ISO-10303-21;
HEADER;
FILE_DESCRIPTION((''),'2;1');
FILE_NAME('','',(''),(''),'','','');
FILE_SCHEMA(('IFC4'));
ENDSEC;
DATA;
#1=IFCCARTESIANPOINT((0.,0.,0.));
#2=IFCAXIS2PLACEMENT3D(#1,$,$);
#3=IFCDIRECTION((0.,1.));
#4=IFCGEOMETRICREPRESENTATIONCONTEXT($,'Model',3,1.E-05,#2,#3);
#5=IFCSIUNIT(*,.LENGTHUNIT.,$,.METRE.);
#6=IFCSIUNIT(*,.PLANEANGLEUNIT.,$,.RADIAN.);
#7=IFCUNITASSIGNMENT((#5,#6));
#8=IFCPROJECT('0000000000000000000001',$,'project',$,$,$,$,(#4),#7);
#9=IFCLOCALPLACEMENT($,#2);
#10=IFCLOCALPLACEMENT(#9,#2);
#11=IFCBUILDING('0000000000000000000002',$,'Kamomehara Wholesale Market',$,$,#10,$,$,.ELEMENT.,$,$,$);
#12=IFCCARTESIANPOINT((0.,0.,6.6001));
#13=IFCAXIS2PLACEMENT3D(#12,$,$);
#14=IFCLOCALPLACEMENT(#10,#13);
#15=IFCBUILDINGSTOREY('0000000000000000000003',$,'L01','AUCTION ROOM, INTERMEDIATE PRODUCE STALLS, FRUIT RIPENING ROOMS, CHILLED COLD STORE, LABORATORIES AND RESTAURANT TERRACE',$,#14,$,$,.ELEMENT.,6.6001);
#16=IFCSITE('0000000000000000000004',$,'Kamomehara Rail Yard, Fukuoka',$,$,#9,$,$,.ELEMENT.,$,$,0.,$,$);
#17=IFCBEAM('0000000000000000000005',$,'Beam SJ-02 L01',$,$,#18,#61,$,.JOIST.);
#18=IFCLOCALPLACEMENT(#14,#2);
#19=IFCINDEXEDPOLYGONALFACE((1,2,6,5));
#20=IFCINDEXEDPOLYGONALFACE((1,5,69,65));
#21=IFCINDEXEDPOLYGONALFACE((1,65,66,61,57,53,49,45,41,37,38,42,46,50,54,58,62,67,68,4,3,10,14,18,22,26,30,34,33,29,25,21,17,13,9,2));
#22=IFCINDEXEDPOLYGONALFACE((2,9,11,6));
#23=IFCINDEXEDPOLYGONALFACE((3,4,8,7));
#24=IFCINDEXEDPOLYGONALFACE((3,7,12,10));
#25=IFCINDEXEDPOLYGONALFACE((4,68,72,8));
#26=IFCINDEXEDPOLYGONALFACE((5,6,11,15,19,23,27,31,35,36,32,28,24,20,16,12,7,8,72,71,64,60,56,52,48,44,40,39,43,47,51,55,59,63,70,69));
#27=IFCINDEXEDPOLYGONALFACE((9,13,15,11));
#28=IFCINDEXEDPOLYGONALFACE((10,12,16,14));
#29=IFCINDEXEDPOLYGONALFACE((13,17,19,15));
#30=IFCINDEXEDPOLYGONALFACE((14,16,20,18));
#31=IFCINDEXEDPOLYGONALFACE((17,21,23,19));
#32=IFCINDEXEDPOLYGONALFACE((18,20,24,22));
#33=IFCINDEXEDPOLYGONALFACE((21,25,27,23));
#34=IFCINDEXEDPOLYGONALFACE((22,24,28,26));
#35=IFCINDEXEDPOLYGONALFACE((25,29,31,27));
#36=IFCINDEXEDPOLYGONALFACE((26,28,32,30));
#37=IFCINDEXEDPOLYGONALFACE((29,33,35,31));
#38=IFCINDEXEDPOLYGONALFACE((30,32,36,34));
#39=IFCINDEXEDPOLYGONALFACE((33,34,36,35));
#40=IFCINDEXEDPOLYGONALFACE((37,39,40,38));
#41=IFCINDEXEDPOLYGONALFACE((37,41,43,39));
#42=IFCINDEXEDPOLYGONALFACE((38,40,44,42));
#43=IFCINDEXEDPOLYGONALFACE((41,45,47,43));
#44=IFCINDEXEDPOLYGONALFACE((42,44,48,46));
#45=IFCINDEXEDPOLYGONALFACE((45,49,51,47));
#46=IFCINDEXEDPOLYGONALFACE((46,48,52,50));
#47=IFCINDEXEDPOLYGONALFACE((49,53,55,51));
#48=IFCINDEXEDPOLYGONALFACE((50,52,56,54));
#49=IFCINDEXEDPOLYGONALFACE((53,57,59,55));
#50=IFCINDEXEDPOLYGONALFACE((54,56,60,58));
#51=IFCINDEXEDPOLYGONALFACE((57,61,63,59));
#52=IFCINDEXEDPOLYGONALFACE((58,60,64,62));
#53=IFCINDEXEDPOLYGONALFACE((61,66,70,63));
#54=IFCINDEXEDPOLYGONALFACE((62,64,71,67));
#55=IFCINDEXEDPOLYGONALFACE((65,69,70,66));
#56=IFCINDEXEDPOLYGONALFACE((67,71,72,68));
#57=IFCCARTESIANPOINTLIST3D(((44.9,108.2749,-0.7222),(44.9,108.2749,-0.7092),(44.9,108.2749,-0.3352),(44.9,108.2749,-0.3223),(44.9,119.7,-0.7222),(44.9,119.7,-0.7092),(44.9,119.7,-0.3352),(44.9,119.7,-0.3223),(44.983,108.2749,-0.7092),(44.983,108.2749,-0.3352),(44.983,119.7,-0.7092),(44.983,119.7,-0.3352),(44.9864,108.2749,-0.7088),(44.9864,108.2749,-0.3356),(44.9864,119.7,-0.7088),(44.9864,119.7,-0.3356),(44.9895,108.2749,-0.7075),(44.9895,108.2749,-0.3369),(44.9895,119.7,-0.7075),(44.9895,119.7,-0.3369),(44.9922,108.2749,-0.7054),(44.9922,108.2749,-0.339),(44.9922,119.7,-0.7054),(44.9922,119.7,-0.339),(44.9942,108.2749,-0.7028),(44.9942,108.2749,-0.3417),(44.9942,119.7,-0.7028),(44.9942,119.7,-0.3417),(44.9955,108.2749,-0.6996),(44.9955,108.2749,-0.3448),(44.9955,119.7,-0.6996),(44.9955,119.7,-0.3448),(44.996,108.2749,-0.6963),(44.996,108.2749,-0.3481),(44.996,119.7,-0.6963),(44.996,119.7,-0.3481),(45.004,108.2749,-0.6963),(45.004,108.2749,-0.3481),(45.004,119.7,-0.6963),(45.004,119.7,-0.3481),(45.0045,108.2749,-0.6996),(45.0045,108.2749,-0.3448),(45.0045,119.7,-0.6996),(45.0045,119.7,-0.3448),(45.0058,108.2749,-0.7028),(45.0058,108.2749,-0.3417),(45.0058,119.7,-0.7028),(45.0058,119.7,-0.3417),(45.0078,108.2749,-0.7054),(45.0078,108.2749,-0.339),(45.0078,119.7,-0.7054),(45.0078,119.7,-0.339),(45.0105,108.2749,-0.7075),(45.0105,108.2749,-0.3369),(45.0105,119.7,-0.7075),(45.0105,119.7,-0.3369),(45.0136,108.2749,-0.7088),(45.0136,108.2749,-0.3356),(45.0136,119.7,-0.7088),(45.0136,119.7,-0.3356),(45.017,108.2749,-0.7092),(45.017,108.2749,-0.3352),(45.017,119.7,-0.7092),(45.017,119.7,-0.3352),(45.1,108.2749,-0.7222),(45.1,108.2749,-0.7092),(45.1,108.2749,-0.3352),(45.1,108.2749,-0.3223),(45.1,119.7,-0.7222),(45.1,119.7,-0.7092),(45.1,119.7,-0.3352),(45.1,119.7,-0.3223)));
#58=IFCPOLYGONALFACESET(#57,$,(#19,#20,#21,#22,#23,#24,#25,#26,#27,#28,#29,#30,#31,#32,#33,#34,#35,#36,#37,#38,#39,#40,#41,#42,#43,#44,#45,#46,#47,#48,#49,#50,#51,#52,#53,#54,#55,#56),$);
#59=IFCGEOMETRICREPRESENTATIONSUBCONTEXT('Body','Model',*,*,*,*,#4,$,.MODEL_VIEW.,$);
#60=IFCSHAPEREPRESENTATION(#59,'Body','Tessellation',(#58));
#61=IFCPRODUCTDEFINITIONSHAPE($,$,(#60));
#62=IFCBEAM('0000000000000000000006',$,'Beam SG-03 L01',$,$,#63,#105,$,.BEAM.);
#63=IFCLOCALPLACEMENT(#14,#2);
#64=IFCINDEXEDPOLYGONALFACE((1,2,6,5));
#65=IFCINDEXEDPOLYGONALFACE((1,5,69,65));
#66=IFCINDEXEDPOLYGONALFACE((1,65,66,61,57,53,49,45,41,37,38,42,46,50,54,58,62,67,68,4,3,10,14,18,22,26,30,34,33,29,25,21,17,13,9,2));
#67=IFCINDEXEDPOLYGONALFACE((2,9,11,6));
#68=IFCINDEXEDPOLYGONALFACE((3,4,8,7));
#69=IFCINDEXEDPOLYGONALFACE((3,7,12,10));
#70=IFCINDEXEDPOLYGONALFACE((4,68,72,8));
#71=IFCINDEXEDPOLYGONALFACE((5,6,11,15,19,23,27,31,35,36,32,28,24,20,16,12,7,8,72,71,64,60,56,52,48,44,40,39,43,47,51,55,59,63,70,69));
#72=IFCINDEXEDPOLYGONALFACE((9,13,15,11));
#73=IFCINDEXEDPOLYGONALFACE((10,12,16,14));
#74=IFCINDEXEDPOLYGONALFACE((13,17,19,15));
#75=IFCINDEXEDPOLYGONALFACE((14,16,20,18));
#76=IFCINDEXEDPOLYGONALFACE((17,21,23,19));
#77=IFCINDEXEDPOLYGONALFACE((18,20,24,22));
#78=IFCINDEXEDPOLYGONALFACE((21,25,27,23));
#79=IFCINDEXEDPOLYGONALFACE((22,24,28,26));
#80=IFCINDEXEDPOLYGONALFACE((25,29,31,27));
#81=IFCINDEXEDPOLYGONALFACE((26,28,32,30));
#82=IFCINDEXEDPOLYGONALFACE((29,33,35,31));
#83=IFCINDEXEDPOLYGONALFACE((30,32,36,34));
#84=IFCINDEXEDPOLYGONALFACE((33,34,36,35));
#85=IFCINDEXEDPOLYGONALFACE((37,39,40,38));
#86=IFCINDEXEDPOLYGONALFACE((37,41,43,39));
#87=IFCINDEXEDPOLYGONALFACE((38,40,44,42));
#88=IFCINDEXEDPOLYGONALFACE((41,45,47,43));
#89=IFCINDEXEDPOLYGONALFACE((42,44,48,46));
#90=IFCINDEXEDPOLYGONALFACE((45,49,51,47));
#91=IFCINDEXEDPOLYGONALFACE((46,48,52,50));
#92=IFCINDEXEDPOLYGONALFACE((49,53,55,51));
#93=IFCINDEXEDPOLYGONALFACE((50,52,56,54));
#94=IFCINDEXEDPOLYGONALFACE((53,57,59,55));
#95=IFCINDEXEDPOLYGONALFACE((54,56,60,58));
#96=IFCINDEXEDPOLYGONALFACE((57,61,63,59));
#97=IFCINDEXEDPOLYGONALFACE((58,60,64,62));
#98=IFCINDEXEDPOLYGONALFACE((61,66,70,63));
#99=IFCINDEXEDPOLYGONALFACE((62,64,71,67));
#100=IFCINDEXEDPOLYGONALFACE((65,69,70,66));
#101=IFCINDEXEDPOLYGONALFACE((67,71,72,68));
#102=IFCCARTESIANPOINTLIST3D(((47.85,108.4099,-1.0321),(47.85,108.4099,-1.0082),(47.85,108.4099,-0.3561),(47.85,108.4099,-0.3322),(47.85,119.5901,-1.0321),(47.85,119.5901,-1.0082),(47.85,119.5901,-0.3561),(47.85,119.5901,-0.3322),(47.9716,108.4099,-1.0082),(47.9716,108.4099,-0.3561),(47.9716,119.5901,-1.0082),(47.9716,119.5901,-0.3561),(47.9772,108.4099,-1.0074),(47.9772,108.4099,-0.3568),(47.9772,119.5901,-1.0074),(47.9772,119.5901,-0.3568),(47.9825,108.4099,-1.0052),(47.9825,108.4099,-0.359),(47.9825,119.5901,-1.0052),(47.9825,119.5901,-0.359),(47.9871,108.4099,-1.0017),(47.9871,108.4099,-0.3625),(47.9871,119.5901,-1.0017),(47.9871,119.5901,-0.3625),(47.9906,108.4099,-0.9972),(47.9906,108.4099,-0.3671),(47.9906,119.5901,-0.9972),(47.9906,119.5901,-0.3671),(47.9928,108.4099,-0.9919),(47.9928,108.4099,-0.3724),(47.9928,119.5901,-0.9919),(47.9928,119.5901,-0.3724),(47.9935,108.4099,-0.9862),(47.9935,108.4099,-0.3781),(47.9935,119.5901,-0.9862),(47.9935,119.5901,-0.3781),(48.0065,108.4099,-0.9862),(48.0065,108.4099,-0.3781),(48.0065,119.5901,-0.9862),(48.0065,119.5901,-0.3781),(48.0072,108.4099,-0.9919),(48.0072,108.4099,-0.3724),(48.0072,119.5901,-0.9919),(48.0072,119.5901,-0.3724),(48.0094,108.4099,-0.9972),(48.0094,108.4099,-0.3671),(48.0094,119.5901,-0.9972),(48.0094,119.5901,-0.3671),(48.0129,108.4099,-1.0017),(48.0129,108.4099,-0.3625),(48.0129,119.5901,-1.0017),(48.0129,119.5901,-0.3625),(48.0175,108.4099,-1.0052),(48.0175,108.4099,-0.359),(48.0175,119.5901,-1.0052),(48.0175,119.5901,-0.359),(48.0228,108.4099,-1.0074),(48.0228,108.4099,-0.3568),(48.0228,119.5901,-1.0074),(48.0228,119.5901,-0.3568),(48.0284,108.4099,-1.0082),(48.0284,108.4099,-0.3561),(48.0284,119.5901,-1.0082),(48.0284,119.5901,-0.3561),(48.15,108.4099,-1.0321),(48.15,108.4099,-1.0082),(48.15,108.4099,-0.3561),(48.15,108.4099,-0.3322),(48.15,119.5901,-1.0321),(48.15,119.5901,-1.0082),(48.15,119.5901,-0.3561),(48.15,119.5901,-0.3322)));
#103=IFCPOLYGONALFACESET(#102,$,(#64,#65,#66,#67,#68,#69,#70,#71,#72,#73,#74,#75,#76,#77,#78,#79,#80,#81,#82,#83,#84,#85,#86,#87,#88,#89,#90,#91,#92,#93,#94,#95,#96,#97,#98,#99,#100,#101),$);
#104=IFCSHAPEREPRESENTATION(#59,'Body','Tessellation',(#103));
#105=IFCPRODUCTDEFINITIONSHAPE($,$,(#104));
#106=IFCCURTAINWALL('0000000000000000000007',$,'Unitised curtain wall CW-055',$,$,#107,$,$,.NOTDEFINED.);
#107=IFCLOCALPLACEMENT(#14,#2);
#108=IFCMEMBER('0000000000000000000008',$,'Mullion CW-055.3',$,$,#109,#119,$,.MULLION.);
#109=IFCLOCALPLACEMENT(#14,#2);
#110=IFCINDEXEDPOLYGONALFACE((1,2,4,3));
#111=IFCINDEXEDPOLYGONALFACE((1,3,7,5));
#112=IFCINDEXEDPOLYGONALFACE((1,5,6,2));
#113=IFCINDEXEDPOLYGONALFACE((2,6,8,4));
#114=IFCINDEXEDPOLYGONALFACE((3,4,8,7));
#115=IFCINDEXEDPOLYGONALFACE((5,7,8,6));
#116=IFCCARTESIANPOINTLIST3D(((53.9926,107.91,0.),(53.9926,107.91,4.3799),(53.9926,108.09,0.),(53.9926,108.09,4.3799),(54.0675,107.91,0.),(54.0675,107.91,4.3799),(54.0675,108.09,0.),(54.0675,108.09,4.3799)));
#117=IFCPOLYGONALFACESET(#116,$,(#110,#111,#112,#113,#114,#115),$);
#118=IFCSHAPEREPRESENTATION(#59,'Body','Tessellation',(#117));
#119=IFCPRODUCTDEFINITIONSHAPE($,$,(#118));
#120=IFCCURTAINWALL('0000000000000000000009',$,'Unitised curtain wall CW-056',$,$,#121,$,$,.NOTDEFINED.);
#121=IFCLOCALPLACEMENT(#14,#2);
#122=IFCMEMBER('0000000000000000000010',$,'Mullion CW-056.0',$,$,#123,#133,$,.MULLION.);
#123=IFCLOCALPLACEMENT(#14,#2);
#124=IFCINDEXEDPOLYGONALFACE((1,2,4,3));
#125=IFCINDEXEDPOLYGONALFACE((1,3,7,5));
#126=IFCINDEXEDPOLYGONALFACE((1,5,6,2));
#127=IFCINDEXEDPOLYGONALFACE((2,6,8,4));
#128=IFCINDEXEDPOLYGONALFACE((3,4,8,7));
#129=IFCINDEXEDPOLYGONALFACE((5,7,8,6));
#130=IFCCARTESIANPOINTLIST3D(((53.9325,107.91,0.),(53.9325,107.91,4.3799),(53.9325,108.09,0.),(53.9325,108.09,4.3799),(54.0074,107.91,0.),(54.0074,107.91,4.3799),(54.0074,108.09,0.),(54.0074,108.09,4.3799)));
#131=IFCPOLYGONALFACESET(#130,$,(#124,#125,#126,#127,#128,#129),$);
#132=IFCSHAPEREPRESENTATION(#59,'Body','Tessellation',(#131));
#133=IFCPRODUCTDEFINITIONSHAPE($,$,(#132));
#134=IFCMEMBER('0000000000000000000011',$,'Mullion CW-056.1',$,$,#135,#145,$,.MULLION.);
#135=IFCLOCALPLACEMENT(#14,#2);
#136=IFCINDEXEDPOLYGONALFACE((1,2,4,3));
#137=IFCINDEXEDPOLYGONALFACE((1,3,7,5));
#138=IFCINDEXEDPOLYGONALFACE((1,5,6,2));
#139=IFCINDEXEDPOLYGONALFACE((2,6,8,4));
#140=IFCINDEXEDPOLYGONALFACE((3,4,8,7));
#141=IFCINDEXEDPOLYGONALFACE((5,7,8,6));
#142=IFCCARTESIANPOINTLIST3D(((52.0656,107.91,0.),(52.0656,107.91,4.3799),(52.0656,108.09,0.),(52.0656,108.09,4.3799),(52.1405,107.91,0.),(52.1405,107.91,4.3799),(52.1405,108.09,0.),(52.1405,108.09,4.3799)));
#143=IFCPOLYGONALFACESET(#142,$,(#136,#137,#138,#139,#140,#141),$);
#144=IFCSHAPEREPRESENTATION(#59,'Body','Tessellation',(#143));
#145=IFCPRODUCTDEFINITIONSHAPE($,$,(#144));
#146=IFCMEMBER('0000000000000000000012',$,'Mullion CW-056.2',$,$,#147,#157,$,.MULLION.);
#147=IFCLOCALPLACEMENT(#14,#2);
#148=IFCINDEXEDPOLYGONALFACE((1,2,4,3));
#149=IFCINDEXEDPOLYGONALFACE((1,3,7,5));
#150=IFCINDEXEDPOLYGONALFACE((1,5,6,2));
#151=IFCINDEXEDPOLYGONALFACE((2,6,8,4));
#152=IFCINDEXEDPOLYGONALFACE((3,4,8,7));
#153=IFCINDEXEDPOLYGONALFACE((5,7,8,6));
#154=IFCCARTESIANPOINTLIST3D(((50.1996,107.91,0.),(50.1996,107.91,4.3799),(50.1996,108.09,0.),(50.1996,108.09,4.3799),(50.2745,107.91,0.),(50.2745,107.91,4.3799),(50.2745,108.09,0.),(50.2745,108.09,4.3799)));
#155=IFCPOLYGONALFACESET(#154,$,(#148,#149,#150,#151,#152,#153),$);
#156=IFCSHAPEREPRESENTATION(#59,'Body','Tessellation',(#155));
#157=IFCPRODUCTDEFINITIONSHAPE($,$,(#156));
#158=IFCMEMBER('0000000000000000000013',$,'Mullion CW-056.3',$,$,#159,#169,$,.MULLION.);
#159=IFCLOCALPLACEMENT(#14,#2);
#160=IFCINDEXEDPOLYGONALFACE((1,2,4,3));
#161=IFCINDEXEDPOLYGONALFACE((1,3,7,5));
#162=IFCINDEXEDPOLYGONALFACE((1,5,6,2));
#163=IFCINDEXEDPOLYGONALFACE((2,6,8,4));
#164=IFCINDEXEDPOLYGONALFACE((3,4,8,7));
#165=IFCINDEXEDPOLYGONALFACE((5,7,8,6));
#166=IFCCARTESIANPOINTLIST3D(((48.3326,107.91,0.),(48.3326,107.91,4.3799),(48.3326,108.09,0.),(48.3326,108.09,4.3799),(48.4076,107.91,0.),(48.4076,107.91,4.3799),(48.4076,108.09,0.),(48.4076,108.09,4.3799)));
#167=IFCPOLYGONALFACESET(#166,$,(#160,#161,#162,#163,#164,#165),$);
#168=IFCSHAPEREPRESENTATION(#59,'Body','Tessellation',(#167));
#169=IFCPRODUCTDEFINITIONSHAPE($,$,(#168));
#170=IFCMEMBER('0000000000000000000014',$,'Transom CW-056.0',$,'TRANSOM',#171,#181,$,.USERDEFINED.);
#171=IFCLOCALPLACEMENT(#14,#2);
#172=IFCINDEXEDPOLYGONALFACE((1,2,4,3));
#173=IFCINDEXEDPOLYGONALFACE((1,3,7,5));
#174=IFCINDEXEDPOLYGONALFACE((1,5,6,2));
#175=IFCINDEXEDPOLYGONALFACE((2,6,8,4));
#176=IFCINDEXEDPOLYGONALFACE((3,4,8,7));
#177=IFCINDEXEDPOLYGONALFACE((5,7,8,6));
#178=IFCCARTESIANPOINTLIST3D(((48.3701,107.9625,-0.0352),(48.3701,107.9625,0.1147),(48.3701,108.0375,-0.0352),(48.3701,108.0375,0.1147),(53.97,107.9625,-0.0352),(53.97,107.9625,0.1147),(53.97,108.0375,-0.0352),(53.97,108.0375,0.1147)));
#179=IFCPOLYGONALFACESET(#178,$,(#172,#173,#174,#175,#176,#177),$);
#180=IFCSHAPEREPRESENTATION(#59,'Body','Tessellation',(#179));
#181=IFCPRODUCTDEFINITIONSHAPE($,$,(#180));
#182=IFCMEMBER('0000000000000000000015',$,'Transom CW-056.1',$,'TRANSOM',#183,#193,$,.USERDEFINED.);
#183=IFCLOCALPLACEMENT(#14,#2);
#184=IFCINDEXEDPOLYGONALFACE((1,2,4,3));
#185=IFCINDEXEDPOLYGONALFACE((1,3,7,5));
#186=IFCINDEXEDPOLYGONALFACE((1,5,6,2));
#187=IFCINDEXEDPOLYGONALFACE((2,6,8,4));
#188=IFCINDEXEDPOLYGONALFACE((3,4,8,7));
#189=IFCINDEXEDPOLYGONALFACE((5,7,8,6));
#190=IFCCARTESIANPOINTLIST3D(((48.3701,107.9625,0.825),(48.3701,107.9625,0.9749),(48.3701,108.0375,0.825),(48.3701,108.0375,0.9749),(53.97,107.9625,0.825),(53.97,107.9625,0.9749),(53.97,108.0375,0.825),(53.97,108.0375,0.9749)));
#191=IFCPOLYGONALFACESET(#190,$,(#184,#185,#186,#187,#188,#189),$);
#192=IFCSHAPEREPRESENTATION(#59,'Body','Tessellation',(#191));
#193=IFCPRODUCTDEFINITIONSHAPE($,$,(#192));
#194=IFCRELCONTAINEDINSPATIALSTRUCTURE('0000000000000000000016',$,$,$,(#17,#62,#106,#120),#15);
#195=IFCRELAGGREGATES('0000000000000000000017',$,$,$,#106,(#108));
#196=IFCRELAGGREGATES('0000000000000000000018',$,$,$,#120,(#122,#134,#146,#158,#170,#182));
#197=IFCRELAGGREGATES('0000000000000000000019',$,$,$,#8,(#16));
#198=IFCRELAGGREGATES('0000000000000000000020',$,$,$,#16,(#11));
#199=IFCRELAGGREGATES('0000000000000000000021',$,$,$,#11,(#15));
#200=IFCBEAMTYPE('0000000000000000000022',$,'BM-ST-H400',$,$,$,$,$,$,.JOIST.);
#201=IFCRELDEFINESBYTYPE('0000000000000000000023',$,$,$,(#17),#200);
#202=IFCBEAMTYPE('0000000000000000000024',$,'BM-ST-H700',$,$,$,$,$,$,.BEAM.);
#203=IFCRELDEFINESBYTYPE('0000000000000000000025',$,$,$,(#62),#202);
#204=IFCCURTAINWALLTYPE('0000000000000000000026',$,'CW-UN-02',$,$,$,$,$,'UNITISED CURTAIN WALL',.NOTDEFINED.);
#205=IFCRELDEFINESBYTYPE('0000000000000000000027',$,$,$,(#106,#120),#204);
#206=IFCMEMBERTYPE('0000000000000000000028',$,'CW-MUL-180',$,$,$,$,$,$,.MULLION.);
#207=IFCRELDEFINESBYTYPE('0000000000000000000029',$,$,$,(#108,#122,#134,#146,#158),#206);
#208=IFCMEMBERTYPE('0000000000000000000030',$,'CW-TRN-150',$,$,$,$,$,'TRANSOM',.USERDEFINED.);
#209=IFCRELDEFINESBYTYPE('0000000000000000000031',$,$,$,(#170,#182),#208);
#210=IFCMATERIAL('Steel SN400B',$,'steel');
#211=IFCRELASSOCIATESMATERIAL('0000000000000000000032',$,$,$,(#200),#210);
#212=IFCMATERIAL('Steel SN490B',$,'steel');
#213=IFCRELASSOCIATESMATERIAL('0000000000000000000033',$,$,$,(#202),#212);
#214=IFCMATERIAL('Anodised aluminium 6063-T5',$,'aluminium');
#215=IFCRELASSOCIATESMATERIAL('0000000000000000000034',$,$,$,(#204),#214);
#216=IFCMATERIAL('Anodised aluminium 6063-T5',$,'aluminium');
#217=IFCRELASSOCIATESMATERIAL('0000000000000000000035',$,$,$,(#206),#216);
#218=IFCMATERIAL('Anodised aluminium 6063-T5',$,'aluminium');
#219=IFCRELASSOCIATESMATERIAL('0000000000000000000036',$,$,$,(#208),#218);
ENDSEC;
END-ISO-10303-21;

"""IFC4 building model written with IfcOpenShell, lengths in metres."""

from ifc_helpers import new_model, si_unit, direction, frame, origin, origin_2d, place, context, subcontext, project, spatial, rectangle, i_section, extrude, material, material_profile, profile_set, type_object, element, aggregate, save


model = new_model("IFC4")

# Units and contexts
model_context = context("Model", 3, precision=1e-05, world=origin(), true_north=direction((0.0, 1.0)))
body_context = subcontext(model_context, "Body", "Model", "MODEL_VIEW")
ifc_project = project(units=[si_unit("LENGTHUNIT", "METRE"), si_unit("PLANEANGLEUNIT", "RADIAN")], contexts=[model_context])

# Site, building, storey
site_placement = place(None, origin())
site = spatial("IfcSite", under=ifc_project, at=site_placement, Name="Kamomehara Rail Yard, Fukuoka", CompositionType="ELEMENT", RefElevation=0.0)
building_placement = place(site_placement, origin())
building = spatial("IfcBuilding", under=site, at=building_placement, Name="Kamomehara Wholesale Market", CompositionType="ELEMENT")
storey_placement = place(building_placement, frame((0.0, 0.0, 6.6001)))
storey = spatial("IfcBuildingStorey", under=building, at=storey_placement, Name="L01", Description="AUCTION ROOM, INTERMEDIATE PRODUCE STALLS, FRUIT RIPENING ROOMS, CHILLED COLD STORE, LABORATORIES AND RESTAURANT TERRACE", CompositionType="ELEMENT", Elevation=6.6001)

# Beams
ifc_material_1 = material(Name="Steel SN400B", Category="steel")
ifc_material_profile_1 = material_profile(ifc_material_1, i_section(OverallWidth=0.2, OverallDepth=0.3999, WebThickness=0.0081, FlangeThickness=0.0129, FilletRadius=0.0129, at=origin_2d()), Name="H-400x200x8x13")
ifc_profile_set_1 = profile_set([ifc_material_profile_1], Name="Steel SN400B")
beam_type_1 = type_object("IfcBeamType", Name="BM-ST-H400", PredefinedType="JOIST", material=ifc_profile_set_1)
beam_1_placement = place(storey_placement, frame((45.0, 108.2749, -0.5222), z_axis=(0.0, 1.0, 0.0), x_axis=(-1.0, 0.0, 0.0)))
element("IfcBeam", 1, at=beam_1_placement, inside=storey, type_object=beam_type_1, Name="Beam SJ-02 L01", PredefinedType="JOIST", context=body_context, shape_type="SweptSolid", body=[
    extrude(i_section(OverallWidth=0.2, OverallDepth=0.3999, WebThickness=0.0081, FlangeThickness=0.0129, FilletRadius=0.0129, at=origin_2d()), origin(), (0.0, 0.0, 1.0), 11.425),
])
ifc_material_2 = material(Name="Steel SN490B", Category="steel")
ifc_material_profile_2 = material_profile(ifc_material_2, i_section(OverallWidth=0.3, OverallDepth=0.7, WebThickness=0.0129, FlangeThickness=0.0239, FilletRadius=0.022, at=origin_2d()), Name="H-700x300x13x24")
ifc_profile_set_2 = profile_set([ifc_material_profile_2], Name="Steel SN490B")
beam_type_2 = type_object("IfcBeamType", Name="BM-ST-H700", PredefinedType="BEAM", material=ifc_profile_set_2)
beam_2_placement = place(storey_placement, frame((48.0, 108.4099, -0.6821), z_axis=(0.0, 1.0, 0.0), x_axis=(-1.0, 0.0, 0.0)))
element("IfcBeam", 2, at=beam_2_placement, inside=storey, type_object=beam_type_2, Name="Beam SG-03 L01", PredefinedType="BEAM", context=body_context, shape_type="SweptSolid", body=[
    extrude(i_section(OverallWidth=0.3, OverallDepth=0.7, WebThickness=0.0129, FlangeThickness=0.0239, FilletRadius=0.022, at=origin_2d()), origin(), (0.0, 0.0, 1.0), 11.1802),
])

# Curtain wall, member
ifc_material_3 = material(Name="Anodised aluminium 6063-T5", Category="aluminium")
curtain_wall_type = type_object("IfcCurtainWallType", Name="CW-UN-02", ElementType="UNITISED CURTAIN WALL", PredefinedType="NOTDEFINED", material=ifc_material_3)
curtain_wall_1_placement = place(storey_placement, origin())
curtain_wall_1 = element("IfcCurtainWall", 3, at=curtain_wall_1_placement, inside=storey, type_object=curtain_wall_type, Name="Unitised curtain wall CW-055", PredefinedType="NOTDEFINED")
ifc_material_4 = material(Name="Anodised aluminium 6063-T5", Category="aluminium")
ifc_material_profile_3 = material_profile(ifc_material_4, rectangle(XDim=0.075, YDim=0.1799, at=origin_2d()), Name="ALU-MUL-75x180")
ifc_profile_set_3 = profile_set([ifc_material_profile_3], Name="Anodised aluminium 6063-T5")
member_type_1 = type_object("IfcMemberType", Name="CW-MUL-180", PredefinedType="MULLION", material=ifc_profile_set_3)
member_1_placement = place(storey_placement, frame((54.03, 108.0, 0.0), z_axis=(0.0, 0.0, 1.0), x_axis=(-1.0, 0.0, 0.0)))
member_1 = element("IfcMember", 4, at=member_1_placement, type_object=member_type_1, Name="Mullion CW-055.3", PredefinedType="MULLION", context=body_context, shape_type="SweptSolid", body=[
    extrude(rectangle(XDim=0.075, YDim=0.1799, at=origin_2d()), origin(), (0.0, 0.0, 1.0), 4.3799),
])
aggregate(curtain_wall_1, [member_1])

# Curtain wall, members
curtain_wall_2_placement = place(storey_placement, origin())
curtain_wall_2 = element("IfcCurtainWall", 5, at=curtain_wall_2_placement, inside=storey, type_object=curtain_wall_type, Name="Unitised curtain wall CW-056", PredefinedType="NOTDEFINED")
member_2_placement = place(storey_placement, frame((53.97, 108.0, 0.0), z_axis=(0.0, 0.0, 1.0), x_axis=(-1.0, 0.0, 0.0)))
member_2 = element("IfcMember", 6, at=member_2_placement, type_object=member_type_1, Name="Mullion CW-056.0", PredefinedType="MULLION", context=body_context, shape_type="SweptSolid", body=[
    extrude(rectangle(XDim=0.075, YDim=0.1799, at=origin_2d()), origin(), (0.0, 0.0, 1.0), 4.3799),
])
member_3_placement = place(storey_placement, frame((52.103, 108.0, 0.0), z_axis=(0.0, 0.0, 1.0), x_axis=(-1.0, 0.0, 0.0)))
member_3 = element("IfcMember", 7, at=member_3_placement, type_object=member_type_1, Name="Mullion CW-056.1", PredefinedType="MULLION", context=body_context, shape_type="SweptSolid", body=[
    extrude(rectangle(XDim=0.075, YDim=0.1799, at=origin_2d()), origin(), (0.0, 0.0, 1.0), 4.3799),
])
member_4_placement = place(storey_placement, frame((50.2371, 108.0, 0.0), z_axis=(0.0, 0.0, 1.0), x_axis=(-1.0, 0.0, 0.0)))
member_4 = element("IfcMember", 8, at=member_4_placement, type_object=member_type_1, Name="Mullion CW-056.2", PredefinedType="MULLION", context=body_context, shape_type="SweptSolid", body=[
    extrude(rectangle(XDim=0.075, YDim=0.1799, at=origin_2d()), origin(), (0.0, 0.0, 1.0), 4.3799),
])
member_5_placement = place(storey_placement, frame((48.3701, 108.0, 0.0), z_axis=(0.0, 0.0, 1.0), x_axis=(-1.0, 0.0, 0.0)))
member_5 = element("IfcMember", 9, at=member_5_placement, type_object=member_type_1, Name="Mullion CW-056.3", PredefinedType="MULLION", context=body_context, shape_type="SweptSolid", body=[
    extrude(rectangle(XDim=0.075, YDim=0.1799, at=origin_2d()), origin(), (0.0, 0.0, 1.0), 4.3799),
])
ifc_material_5 = material(Name="Anodised aluminium 6063-T5", Category="aluminium")
ifc_material_profile_4 = material_profile(ifc_material_5, rectangle(XDim=0.075, YDim=0.1499, at=origin_2d()), Name="ALU-TRN-75x150")
ifc_profile_set_4 = profile_set([ifc_material_profile_4], Name="Anodised aluminium 6063-T5")
member_type_2 = type_object("IfcMemberType", Name="CW-TRN-150", ElementType="TRANSOM", PredefinedType="USERDEFINED", material=ifc_profile_set_4)
member_6_placement = place(storey_placement, frame((53.97, 108.0, 0.0398), z_axis=(-1.0, 0.0, 0.0), x_axis=(0.0, -1.0, 0.0)))
member_6 = element("IfcMember", 10, at=member_6_placement, type_object=member_type_2, Name="Transom CW-056.0", ObjectType="TRANSOM", PredefinedType="USERDEFINED", context=body_context, shape_type="SweptSolid", body=[
    extrude(rectangle(XDim=0.075, YDim=0.1499, at=origin_2d()), origin(), (0.0, 0.0, 1.0), 5.5999),
])
member_7_placement = place(storey_placement, frame((53.97, 108.0, 0.8999), z_axis=(-1.0, 0.0, 0.0), x_axis=(0.0, -1.0, 0.0)))
member_7 = element("IfcMember", 11, at=member_7_placement, type_object=member_type_2, Name="Transom CW-056.1", ObjectType="TRANSOM", PredefinedType="USERDEFINED", context=body_context, shape_type="SweptSolid", body=[
    extrude(rectangle(XDim=0.075, YDim=0.1499, at=origin_2d()), origin(), (0.0, 0.0, 1.0), 5.5999),
])
aggregate(curtain_wall_2, [member_2, member_3, member_4, member_5, member_6, member_7])

save(model, "model.ifc")
